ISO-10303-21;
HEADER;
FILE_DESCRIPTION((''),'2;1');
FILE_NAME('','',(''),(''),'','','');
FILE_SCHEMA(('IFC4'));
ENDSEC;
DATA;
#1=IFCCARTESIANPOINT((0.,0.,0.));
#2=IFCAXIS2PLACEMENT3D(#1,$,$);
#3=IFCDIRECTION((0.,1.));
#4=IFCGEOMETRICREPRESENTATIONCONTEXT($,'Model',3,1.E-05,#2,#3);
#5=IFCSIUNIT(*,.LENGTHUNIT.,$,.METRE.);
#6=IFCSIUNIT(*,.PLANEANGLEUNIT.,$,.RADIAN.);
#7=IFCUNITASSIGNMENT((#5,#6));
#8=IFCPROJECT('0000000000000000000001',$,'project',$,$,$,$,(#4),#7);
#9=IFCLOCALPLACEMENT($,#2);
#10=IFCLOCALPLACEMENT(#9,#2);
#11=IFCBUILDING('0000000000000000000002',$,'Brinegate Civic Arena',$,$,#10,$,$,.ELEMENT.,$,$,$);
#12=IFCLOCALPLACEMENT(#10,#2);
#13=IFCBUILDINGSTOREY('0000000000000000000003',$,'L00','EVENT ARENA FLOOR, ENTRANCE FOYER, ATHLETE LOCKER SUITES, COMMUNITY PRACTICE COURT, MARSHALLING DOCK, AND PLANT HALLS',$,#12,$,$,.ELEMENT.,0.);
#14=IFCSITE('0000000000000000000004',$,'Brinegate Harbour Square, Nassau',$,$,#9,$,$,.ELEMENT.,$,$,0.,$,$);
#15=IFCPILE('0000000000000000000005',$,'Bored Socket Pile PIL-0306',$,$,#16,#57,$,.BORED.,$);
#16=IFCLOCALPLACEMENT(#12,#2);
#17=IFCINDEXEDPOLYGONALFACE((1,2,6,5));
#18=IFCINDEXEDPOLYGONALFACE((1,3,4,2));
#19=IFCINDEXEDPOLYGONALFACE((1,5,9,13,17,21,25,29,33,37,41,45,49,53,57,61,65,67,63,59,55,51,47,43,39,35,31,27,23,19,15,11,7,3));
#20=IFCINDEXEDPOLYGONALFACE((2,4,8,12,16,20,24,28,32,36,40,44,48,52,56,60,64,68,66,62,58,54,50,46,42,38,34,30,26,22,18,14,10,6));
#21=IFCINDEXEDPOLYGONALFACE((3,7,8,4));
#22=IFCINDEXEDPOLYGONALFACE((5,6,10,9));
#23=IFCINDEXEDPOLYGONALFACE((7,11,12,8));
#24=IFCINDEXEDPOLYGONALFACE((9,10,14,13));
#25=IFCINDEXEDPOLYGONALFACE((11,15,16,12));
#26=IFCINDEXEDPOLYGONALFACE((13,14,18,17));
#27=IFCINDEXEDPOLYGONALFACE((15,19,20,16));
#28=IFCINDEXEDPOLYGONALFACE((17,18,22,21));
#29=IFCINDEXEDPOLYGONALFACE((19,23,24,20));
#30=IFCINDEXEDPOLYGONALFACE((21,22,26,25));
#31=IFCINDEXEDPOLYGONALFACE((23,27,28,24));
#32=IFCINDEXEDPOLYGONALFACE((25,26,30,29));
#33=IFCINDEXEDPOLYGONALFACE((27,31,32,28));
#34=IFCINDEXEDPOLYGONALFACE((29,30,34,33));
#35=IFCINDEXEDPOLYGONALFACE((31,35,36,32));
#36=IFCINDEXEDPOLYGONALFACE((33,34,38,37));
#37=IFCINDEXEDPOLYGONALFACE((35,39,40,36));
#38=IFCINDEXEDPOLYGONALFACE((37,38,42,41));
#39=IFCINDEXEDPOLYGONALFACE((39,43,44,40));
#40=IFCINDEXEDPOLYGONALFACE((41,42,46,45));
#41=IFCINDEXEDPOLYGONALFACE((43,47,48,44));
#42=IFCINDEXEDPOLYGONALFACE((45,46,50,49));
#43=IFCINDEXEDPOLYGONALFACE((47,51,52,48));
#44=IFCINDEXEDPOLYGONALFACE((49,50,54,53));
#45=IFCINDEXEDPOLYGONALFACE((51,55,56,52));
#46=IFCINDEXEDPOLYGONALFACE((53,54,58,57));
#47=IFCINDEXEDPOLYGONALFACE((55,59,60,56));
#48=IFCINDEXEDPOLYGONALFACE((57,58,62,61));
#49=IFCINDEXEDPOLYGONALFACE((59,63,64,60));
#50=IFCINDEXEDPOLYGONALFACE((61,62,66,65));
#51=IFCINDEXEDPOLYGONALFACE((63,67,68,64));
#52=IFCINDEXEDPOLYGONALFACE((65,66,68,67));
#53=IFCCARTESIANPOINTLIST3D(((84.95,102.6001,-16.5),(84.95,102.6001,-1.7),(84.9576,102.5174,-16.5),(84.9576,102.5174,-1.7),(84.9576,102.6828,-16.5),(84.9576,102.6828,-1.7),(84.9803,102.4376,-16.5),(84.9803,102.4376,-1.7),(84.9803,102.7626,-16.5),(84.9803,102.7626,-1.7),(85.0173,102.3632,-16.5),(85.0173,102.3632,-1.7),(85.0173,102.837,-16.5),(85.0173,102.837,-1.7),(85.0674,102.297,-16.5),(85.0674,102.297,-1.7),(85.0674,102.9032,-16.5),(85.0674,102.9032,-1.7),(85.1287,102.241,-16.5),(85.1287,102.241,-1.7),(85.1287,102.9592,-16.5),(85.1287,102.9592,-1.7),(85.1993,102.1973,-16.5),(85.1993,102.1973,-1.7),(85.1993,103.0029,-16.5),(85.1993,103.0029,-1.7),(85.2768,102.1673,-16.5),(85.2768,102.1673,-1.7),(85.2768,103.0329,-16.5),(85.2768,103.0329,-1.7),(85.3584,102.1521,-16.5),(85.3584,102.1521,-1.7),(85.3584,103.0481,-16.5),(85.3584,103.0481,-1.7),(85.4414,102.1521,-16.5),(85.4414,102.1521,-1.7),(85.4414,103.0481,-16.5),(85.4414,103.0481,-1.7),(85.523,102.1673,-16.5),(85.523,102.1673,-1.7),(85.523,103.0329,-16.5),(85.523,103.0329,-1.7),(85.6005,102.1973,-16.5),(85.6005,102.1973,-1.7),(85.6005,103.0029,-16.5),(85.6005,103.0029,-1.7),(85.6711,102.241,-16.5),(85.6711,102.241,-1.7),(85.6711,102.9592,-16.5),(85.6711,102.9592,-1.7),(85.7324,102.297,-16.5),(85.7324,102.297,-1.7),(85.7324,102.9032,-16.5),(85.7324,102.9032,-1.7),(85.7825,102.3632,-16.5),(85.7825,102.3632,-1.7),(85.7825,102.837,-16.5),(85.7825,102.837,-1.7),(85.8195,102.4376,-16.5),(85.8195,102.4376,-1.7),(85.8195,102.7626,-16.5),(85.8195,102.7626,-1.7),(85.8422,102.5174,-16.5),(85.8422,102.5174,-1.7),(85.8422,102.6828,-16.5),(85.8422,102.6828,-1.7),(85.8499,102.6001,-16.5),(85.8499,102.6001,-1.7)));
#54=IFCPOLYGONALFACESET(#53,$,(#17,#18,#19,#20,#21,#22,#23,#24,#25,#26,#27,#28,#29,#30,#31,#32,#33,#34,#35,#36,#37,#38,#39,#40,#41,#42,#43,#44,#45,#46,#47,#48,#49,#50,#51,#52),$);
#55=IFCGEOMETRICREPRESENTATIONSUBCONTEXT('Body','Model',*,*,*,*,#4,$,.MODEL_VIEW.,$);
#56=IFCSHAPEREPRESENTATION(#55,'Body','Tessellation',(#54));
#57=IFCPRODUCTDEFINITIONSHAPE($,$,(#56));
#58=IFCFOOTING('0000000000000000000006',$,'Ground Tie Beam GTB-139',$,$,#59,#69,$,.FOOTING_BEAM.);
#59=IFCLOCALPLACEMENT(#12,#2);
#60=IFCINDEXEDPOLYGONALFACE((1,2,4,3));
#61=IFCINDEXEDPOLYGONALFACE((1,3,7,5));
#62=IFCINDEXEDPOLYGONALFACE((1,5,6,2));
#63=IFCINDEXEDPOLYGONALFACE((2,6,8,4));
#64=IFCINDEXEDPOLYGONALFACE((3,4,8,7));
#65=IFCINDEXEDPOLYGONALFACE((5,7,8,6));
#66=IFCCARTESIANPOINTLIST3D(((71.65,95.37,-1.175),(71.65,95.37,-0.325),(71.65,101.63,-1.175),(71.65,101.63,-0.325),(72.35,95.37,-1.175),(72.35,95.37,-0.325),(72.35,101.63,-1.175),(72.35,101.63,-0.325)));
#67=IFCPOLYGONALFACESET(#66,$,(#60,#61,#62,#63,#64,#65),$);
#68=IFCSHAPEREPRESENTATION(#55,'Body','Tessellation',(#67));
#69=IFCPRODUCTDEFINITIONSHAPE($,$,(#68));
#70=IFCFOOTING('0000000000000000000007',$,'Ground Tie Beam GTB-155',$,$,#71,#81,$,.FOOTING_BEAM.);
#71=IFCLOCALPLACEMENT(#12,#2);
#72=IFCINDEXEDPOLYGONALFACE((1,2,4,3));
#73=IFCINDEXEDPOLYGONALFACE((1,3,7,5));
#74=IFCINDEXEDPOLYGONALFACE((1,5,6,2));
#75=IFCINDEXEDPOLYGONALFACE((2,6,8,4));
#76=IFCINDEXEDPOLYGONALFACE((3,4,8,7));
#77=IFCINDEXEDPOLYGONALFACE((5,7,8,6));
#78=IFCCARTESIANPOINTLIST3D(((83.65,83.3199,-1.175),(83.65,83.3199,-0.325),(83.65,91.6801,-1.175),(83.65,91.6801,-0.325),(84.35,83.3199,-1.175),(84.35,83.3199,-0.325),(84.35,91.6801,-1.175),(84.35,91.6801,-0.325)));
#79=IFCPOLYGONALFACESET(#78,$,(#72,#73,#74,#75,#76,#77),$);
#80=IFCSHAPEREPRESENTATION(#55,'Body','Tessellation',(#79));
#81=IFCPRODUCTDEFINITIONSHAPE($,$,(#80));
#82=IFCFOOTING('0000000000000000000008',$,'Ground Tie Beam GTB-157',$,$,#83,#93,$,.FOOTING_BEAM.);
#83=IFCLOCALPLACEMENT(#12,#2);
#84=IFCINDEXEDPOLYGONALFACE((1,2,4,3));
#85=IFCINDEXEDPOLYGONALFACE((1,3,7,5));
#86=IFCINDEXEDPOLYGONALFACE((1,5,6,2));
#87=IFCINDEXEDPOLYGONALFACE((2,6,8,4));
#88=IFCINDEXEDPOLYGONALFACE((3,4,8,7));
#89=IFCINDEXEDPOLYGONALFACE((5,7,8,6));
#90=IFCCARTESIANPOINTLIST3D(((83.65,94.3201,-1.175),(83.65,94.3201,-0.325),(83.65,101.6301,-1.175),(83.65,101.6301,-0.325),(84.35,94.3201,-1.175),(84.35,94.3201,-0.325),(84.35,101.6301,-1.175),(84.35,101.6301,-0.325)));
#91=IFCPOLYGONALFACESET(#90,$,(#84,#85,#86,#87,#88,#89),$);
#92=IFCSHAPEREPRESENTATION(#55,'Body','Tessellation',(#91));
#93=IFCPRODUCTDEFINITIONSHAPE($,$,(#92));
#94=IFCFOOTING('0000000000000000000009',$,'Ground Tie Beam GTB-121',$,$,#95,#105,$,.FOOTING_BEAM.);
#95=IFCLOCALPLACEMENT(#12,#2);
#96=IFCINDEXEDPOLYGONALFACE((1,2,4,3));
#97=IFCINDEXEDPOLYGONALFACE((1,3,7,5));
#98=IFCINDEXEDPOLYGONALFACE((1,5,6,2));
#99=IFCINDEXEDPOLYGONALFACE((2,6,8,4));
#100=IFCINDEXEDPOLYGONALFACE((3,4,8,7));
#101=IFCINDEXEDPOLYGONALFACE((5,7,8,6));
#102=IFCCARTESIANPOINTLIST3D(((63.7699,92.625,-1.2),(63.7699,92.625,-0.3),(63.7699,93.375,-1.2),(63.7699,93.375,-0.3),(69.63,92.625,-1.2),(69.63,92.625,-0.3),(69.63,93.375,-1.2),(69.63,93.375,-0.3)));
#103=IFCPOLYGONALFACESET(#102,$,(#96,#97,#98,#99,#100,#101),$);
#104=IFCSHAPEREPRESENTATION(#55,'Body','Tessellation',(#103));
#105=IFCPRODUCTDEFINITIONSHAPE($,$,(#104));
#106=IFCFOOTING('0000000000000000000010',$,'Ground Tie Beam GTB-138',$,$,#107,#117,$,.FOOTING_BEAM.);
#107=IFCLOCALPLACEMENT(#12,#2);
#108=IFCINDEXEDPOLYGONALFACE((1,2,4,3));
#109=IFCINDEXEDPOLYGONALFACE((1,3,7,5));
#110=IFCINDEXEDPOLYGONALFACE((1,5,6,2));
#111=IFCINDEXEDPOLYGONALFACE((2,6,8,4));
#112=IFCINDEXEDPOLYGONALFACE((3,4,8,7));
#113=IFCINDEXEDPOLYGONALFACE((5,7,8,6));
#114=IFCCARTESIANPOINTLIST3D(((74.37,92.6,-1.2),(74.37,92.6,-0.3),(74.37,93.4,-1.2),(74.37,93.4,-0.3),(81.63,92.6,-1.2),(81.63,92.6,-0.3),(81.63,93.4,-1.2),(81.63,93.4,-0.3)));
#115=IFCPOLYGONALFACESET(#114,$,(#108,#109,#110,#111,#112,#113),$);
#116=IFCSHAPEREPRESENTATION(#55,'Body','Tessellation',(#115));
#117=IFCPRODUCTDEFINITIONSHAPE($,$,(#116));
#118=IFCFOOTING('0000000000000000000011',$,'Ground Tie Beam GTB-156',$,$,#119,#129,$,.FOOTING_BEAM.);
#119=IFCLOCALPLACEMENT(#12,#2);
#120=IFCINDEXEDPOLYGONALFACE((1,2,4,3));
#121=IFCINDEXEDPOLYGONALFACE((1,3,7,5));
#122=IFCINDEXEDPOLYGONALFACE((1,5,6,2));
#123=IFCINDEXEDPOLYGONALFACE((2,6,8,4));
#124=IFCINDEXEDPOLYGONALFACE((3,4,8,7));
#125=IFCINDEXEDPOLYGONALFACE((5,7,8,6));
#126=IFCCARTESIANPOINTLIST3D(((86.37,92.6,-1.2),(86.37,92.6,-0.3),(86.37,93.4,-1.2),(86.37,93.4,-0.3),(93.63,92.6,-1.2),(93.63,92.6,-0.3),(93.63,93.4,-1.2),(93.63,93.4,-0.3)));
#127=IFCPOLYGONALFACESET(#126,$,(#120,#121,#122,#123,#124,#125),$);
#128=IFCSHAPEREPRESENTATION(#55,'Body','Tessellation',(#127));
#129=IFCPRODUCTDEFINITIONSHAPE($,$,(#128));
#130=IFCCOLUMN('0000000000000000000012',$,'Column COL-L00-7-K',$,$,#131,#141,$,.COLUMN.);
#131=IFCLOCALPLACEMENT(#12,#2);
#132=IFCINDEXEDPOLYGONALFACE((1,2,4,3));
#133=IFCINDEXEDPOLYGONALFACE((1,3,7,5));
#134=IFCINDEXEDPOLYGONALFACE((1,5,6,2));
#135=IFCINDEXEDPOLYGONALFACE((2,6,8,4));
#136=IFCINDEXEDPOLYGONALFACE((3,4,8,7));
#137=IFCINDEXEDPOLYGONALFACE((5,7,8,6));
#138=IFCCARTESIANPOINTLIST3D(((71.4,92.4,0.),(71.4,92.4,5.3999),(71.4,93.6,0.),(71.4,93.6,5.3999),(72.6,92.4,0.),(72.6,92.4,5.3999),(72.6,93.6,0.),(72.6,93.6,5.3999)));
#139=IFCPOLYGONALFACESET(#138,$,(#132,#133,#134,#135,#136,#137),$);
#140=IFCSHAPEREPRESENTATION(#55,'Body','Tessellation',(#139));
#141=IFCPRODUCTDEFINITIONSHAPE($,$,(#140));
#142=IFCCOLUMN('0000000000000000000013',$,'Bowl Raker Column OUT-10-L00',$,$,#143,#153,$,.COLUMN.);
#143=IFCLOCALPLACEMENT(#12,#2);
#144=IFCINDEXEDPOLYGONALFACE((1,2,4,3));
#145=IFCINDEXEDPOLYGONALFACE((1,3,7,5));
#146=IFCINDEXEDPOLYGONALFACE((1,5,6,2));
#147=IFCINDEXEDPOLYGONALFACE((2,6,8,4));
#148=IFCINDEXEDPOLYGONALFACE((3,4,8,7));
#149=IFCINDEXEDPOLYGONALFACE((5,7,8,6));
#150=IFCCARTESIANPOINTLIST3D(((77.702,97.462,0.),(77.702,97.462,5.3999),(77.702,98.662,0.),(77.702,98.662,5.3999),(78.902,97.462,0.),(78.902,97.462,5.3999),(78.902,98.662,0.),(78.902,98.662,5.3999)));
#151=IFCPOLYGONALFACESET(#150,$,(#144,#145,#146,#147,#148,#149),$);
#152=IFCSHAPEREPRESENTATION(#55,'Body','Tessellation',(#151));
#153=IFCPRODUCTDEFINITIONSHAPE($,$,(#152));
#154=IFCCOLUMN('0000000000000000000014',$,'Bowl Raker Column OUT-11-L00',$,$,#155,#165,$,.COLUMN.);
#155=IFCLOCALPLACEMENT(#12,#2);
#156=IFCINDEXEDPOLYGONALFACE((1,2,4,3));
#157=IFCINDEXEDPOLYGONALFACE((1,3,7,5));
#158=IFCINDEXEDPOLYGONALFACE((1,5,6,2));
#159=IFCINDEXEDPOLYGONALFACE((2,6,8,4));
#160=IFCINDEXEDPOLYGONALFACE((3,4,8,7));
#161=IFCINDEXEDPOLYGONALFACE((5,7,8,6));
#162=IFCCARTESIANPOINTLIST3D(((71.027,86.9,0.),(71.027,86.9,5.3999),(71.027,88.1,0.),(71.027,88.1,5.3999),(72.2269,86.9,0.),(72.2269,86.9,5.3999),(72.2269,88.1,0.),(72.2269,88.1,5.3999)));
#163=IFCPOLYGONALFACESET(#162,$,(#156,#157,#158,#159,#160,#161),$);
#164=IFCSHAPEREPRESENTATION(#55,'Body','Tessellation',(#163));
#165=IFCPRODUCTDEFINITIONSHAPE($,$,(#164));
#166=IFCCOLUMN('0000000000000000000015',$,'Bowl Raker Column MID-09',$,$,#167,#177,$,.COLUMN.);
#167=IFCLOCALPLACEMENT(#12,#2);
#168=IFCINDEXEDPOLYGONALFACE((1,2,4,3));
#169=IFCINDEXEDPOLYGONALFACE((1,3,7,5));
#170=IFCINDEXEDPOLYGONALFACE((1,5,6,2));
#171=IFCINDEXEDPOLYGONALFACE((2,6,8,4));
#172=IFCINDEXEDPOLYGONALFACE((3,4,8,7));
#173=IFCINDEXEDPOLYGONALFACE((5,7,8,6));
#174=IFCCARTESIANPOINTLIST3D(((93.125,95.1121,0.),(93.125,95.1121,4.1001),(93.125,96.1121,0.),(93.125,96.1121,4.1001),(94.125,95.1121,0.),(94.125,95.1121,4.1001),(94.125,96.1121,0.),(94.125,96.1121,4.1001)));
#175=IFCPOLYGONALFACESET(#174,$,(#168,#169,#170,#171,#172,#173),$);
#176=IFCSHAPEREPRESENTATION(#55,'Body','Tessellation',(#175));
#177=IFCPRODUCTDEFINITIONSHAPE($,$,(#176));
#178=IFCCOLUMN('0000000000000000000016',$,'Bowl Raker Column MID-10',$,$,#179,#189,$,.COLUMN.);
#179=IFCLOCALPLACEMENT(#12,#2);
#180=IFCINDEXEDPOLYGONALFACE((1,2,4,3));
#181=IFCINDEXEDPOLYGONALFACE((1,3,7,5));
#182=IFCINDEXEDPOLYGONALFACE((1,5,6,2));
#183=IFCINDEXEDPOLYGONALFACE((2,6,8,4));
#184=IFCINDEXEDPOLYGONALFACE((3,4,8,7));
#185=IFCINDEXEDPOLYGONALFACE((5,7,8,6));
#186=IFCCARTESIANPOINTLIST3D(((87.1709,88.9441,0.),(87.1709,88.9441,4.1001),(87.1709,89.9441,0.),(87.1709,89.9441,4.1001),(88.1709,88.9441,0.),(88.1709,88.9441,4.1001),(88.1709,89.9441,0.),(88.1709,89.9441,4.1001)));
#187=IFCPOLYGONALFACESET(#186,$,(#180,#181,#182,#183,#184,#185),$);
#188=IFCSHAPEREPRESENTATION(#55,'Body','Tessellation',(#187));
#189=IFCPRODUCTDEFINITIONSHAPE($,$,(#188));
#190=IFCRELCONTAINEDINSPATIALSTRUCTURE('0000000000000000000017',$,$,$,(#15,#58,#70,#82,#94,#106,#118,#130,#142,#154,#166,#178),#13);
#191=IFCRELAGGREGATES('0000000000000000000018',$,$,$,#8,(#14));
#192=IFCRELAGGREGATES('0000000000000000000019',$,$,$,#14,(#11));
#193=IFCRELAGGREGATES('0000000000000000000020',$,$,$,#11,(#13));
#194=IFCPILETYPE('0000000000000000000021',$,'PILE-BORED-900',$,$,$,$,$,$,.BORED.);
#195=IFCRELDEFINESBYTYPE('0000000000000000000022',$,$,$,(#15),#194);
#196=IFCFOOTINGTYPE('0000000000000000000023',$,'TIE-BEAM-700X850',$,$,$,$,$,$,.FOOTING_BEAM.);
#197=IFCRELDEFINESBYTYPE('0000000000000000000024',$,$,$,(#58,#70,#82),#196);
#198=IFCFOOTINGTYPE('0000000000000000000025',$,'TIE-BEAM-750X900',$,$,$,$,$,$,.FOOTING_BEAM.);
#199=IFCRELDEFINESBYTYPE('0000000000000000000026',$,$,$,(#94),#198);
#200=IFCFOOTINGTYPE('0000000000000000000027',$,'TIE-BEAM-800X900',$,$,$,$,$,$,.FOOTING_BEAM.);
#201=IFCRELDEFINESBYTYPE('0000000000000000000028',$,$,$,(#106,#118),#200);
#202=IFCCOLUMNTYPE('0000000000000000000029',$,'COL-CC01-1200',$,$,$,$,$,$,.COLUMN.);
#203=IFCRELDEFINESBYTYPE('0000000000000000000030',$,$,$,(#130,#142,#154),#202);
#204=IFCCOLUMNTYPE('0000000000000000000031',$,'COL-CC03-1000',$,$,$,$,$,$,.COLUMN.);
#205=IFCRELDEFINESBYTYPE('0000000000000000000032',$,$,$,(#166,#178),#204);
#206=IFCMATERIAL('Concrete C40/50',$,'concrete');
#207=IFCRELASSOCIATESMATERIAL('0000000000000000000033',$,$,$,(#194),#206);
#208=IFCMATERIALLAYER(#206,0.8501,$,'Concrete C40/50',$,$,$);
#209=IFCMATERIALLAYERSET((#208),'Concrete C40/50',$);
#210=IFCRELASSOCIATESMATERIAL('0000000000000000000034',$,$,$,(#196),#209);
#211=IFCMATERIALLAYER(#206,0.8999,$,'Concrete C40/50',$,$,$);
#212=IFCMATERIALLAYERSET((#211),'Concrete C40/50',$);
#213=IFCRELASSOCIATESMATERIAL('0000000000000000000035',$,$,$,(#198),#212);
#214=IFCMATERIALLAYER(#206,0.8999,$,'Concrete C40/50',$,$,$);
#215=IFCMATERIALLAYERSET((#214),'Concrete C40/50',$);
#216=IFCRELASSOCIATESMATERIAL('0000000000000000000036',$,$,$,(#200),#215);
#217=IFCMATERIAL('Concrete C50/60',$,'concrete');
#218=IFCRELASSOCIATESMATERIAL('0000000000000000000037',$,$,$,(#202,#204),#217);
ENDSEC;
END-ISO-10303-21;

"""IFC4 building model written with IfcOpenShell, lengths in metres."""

from ifc_helpers import new_model, si_unit, direction, frame, origin, origin_2d, place, context, subcontext, project, spatial, rectangle, circle, extrude, material, layer, layer_set, material_profile, profile_set, type_object, element, save


model = new_model("IFC4")

# Units and contexts
model_context = context("Model", 3, precision=1e-05, world=origin(), true_north=direction((0.0, 1.0)))
body_context = subcontext(model_context, "Body", "Model", "MODEL_VIEW")
ifc_project = project(units=[si_unit("LENGTHUNIT", "METRE"), si_unit("PLANEANGLEUNIT", "RADIAN")], contexts=[model_context])

# Site, building, storey
site_placement = place(None, origin())
site = spatial("IfcSite", under=ifc_project, at=site_placement, Name="Brinegate Harbour Square, Nassau", CompositionType="ELEMENT", RefElevation=0.0)
building_placement = place(site_placement, origin())
building = spatial("IfcBuilding", under=site, at=building_placement, Name="Brinegate Civic Arena", CompositionType="ELEMENT")
storey_placement = place(building_placement, origin())
storey = spatial("IfcBuildingStorey", under=building, at=storey_placement, Name="L00", Description="EVENT ARENA FLOOR, ENTRANCE FOYER, ATHLETE LOCKER SUITES, COMMUNITY PRACTICE COURT, MARSHALLING DOCK, AND PLANT HALLS", CompositionType="ELEMENT", Elevation=0.0)

# Shared definitions
ifc_material_1 = material(Name="Concrete C40/50", Category="concrete")

# Pile
ifc_material_profile_1 = material_profile(ifc_material_1, circle(Radius=0.45, at=origin_2d()), Name="PILED900")
ifc_profile_set_1 = profile_set([ifc_material_profile_1], Name="Concrete C40/50")
pile_type_1 = type_object("IfcPileType", Name="PILE-BORED-900", PredefinedType="BORED", material=ifc_profile_set_1)
for number, where, z_axis, x_axis, name in (
    (1, (85.3999, 102.6001, -1.7), (0.0, 0.0, -1.0), (1.0, 0.0, 0.0), "Bored Socket Pile PIL-0306"),
):
    element("IfcPile", number, at=place(storey_placement, frame(where, z_axis=z_axis, x_axis=x_axis)), inside=storey, type_object=pile_type_1, Name=name, PredefinedType="BORED", context=body_context, shape_type="SweptSolid", body=[
        extrude(circle(Radius=0.45, at=origin_2d()), origin(), (0.0, 0.0, 1.0), 14.8),
    ])

# Footings
ifc_layer_1 = layer(ifc_material_1, 0.8501, Name="Concrete C40/50")
ifc_layer_set_1 = layer_set([ifc_layer_1], Name="Concrete C40/50")
footing_type_1 = type_object("IfcFootingType", Name="TIE-BEAM-700X850", PredefinedType="FOOTING_BEAM", material=ifc_layer_set_1)
footing_1_placement = place(storey_placement, frame((72.0, 98.5, -1.175), z_axis=(0.0, 0.0, 1.0), x_axis=(0.0, 1.0, 0.0)))
element("IfcFooting", 2, at=footing_1_placement, inside=storey, type_object=footing_type_1, Name="Ground Tie Beam GTB-139", PredefinedType="FOOTING_BEAM", context=body_context, shape_type="SweptSolid", body=[
    extrude(rectangle(XDim=6.26, YDim=0.7, at=origin_2d()), origin(), (0.0, 0.0, 1.0), 0.8501),
])
footing_2_placement = place(storey_placement, frame((84.0, 87.5, -1.175), z_axis=(0.0, 0.0, 1.0), x_axis=(0.0, 1.0, 0.0)))
element("IfcFooting", 3, at=footing_2_placement, inside=storey, type_object=footing_type_1, Name="Ground Tie Beam GTB-155", PredefinedType="FOOTING_BEAM", context=body_context, shape_type="SweptSolid", body=[
    extrude(rectangle(XDim=8.3601, YDim=0.7, at=origin_2d()), origin(), (0.0, 0.0, 1.0), 0.8501),
])
footing_3_placement = place(storey_placement, frame((84.0, 97.9751, -1.175), z_axis=(0.0, 0.0, 1.0), x_axis=(0.0, 1.0, 0.0)))
element("IfcFooting", 4, at=footing_3_placement, inside=storey, type_object=footing_type_1, Name="Ground Tie Beam GTB-157", PredefinedType="FOOTING_BEAM", context=body_context, shape_type="SweptSolid", body=[
    extrude(rectangle(XDim=7.3101, YDim=0.7, at=origin_2d()), origin(), (0.0, 0.0, 1.0), 0.8501),
])
ifc_layer_2 = layer(ifc_material_1, 0.8999, Name="Concrete C40/50")
ifc_layer_set_2 = layer_set([ifc_layer_2], Name="Concrete C40/50")
footing_type_2 = type_object("IfcFootingType", Name="TIE-BEAM-750X900", PredefinedType="FOOTING_BEAM", material=ifc_layer_set_2)
footing_4_placement = place(storey_placement, frame((66.7, 93.0, -1.2), z_axis=(0.0, 0.0, 1.0), x_axis=(1.0, 0.0, 0.0)))
element("IfcFooting", 5, at=footing_4_placement, inside=storey, type_object=footing_type_2, Name="Ground Tie Beam GTB-121", PredefinedType="FOOTING_BEAM", context=body_context, shape_type="SweptSolid", body=[
    extrude(rectangle(XDim=5.8601, YDim=0.75, at=origin_2d()), origin(), (0.0, 0.0, 1.0), 0.8999),
])
ifc_layer_3 = layer(ifc_material_1, 0.8999, Name="Concrete C40/50")
ifc_layer_set_3 = layer_set([ifc_layer_3], Name="Concrete C40/50")
footing_type_3 = type_object("IfcFootingType", Name="TIE-BEAM-800X900", PredefinedType="FOOTING_BEAM", material=ifc_layer_set_3)
for number, where, z_axis, x_axis, name in (
    (6, (78.0, 93.0, -1.2), (0.0, 0.0, 1.0), (1.0, 0.0, 0.0), "Ground Tie Beam GTB-138"),
    (7, (90.0, 93.0, -1.2), (0.0, 0.0, 1.0), (1.0, 0.0, 0.0), "Ground Tie Beam GTB-156"),
):
    element("IfcFooting", number, at=place(storey_placement, frame(where, z_axis=z_axis, x_axis=x_axis)), inside=storey, type_object=footing_type_3, Name=name, PredefinedType="FOOTING_BEAM", context=body_context, shape_type="SweptSolid", body=[
        extrude(rectangle(XDim=7.26, YDim=0.8, at=origin_2d()), origin(), (0.0, 0.0, 1.0), 0.8999),
    ])

# Columns
ifc_material_2 = material(Name="Concrete C50/60", Category="concrete")
ifc_material_profile_2 = material_profile(ifc_material_2, rectangle(XDim=1.2, YDim=1.2, at=origin_2d()), Name="RC1200X1200")
ifc_profile_set_2 = profile_set([ifc_material_profile_2], Name="Concrete C50/60")
column_type_1 = type_object("IfcColumnType", Name="COL-CC01-1200", PredefinedType="COLUMN", material=ifc_profile_set_2)
for number, where, z_axis, x_axis, name in (
    (8, (72.0, 93.0, 0.0), (0.0, 0.0, 1.0), (1.0, 0.0, 0.0), "Column COL-L00-7-K"),
    (9, (78.302, 98.062, 0.0), (0.0, 0.0, 1.0), (1.0, 0.0, 0.0), "Bowl Raker Column OUT-10-L00"),
    (10, (71.627, 87.5, 0.0), (0.0, 0.0, 1.0), (1.0, 0.0, 0.0), "Bowl Raker Column OUT-11-L00"),
):
    element("IfcColumn", number, at=place(storey_placement, frame(where, z_axis=z_axis, x_axis=x_axis)), inside=storey, type_object=column_type_1, Name=name, PredefinedType="COLUMN", context=body_context, shape_type="SweptSolid", body=[
        extrude(rectangle(XDim=1.2, YDim=1.2, at=origin_2d()), origin(), (0.0, 0.0, 1.0), 5.3999),
    ])
ifc_material_profile_3 = material_profile(ifc_material_2, rectangle(XDim=1.0, YDim=1.0, at=origin_2d()), Name="RC1000X1000")
ifc_profile_set_3 = profile_set([ifc_material_profile_3], Name="Concrete C50/60")
column_type_2 = type_object("IfcColumnType", Name="COL-CC03-1000", PredefinedType="COLUMN", material=ifc_profile_set_3)
for number, where, z_axis, x_axis, name in (
    (11, (93.625, 95.6121, 0.0), (0.0, 0.0, 1.0), (1.0, 0.0, 0.0), "Bowl Raker Column MID-09"),
    (12, (87.6709, 89.4441, 0.0), (0.0, 0.0, 1.0), (1.0, 0.0, 0.0), "Bowl Raker Column MID-10"),
):
    element("IfcColumn", number, at=place(storey_placement, frame(where, z_axis=z_axis, x_axis=x_axis)), inside=storey, type_object=column_type_2, Name=name, PredefinedType="COLUMN", context=body_context, shape_type="SweptSolid", body=[
        extrude(rectangle(XDim=1.0, YDim=1.0, at=origin_2d()), origin(), (0.0, 0.0, 1.0), 4.1001),
    ])

save(model, "model.ifc")
